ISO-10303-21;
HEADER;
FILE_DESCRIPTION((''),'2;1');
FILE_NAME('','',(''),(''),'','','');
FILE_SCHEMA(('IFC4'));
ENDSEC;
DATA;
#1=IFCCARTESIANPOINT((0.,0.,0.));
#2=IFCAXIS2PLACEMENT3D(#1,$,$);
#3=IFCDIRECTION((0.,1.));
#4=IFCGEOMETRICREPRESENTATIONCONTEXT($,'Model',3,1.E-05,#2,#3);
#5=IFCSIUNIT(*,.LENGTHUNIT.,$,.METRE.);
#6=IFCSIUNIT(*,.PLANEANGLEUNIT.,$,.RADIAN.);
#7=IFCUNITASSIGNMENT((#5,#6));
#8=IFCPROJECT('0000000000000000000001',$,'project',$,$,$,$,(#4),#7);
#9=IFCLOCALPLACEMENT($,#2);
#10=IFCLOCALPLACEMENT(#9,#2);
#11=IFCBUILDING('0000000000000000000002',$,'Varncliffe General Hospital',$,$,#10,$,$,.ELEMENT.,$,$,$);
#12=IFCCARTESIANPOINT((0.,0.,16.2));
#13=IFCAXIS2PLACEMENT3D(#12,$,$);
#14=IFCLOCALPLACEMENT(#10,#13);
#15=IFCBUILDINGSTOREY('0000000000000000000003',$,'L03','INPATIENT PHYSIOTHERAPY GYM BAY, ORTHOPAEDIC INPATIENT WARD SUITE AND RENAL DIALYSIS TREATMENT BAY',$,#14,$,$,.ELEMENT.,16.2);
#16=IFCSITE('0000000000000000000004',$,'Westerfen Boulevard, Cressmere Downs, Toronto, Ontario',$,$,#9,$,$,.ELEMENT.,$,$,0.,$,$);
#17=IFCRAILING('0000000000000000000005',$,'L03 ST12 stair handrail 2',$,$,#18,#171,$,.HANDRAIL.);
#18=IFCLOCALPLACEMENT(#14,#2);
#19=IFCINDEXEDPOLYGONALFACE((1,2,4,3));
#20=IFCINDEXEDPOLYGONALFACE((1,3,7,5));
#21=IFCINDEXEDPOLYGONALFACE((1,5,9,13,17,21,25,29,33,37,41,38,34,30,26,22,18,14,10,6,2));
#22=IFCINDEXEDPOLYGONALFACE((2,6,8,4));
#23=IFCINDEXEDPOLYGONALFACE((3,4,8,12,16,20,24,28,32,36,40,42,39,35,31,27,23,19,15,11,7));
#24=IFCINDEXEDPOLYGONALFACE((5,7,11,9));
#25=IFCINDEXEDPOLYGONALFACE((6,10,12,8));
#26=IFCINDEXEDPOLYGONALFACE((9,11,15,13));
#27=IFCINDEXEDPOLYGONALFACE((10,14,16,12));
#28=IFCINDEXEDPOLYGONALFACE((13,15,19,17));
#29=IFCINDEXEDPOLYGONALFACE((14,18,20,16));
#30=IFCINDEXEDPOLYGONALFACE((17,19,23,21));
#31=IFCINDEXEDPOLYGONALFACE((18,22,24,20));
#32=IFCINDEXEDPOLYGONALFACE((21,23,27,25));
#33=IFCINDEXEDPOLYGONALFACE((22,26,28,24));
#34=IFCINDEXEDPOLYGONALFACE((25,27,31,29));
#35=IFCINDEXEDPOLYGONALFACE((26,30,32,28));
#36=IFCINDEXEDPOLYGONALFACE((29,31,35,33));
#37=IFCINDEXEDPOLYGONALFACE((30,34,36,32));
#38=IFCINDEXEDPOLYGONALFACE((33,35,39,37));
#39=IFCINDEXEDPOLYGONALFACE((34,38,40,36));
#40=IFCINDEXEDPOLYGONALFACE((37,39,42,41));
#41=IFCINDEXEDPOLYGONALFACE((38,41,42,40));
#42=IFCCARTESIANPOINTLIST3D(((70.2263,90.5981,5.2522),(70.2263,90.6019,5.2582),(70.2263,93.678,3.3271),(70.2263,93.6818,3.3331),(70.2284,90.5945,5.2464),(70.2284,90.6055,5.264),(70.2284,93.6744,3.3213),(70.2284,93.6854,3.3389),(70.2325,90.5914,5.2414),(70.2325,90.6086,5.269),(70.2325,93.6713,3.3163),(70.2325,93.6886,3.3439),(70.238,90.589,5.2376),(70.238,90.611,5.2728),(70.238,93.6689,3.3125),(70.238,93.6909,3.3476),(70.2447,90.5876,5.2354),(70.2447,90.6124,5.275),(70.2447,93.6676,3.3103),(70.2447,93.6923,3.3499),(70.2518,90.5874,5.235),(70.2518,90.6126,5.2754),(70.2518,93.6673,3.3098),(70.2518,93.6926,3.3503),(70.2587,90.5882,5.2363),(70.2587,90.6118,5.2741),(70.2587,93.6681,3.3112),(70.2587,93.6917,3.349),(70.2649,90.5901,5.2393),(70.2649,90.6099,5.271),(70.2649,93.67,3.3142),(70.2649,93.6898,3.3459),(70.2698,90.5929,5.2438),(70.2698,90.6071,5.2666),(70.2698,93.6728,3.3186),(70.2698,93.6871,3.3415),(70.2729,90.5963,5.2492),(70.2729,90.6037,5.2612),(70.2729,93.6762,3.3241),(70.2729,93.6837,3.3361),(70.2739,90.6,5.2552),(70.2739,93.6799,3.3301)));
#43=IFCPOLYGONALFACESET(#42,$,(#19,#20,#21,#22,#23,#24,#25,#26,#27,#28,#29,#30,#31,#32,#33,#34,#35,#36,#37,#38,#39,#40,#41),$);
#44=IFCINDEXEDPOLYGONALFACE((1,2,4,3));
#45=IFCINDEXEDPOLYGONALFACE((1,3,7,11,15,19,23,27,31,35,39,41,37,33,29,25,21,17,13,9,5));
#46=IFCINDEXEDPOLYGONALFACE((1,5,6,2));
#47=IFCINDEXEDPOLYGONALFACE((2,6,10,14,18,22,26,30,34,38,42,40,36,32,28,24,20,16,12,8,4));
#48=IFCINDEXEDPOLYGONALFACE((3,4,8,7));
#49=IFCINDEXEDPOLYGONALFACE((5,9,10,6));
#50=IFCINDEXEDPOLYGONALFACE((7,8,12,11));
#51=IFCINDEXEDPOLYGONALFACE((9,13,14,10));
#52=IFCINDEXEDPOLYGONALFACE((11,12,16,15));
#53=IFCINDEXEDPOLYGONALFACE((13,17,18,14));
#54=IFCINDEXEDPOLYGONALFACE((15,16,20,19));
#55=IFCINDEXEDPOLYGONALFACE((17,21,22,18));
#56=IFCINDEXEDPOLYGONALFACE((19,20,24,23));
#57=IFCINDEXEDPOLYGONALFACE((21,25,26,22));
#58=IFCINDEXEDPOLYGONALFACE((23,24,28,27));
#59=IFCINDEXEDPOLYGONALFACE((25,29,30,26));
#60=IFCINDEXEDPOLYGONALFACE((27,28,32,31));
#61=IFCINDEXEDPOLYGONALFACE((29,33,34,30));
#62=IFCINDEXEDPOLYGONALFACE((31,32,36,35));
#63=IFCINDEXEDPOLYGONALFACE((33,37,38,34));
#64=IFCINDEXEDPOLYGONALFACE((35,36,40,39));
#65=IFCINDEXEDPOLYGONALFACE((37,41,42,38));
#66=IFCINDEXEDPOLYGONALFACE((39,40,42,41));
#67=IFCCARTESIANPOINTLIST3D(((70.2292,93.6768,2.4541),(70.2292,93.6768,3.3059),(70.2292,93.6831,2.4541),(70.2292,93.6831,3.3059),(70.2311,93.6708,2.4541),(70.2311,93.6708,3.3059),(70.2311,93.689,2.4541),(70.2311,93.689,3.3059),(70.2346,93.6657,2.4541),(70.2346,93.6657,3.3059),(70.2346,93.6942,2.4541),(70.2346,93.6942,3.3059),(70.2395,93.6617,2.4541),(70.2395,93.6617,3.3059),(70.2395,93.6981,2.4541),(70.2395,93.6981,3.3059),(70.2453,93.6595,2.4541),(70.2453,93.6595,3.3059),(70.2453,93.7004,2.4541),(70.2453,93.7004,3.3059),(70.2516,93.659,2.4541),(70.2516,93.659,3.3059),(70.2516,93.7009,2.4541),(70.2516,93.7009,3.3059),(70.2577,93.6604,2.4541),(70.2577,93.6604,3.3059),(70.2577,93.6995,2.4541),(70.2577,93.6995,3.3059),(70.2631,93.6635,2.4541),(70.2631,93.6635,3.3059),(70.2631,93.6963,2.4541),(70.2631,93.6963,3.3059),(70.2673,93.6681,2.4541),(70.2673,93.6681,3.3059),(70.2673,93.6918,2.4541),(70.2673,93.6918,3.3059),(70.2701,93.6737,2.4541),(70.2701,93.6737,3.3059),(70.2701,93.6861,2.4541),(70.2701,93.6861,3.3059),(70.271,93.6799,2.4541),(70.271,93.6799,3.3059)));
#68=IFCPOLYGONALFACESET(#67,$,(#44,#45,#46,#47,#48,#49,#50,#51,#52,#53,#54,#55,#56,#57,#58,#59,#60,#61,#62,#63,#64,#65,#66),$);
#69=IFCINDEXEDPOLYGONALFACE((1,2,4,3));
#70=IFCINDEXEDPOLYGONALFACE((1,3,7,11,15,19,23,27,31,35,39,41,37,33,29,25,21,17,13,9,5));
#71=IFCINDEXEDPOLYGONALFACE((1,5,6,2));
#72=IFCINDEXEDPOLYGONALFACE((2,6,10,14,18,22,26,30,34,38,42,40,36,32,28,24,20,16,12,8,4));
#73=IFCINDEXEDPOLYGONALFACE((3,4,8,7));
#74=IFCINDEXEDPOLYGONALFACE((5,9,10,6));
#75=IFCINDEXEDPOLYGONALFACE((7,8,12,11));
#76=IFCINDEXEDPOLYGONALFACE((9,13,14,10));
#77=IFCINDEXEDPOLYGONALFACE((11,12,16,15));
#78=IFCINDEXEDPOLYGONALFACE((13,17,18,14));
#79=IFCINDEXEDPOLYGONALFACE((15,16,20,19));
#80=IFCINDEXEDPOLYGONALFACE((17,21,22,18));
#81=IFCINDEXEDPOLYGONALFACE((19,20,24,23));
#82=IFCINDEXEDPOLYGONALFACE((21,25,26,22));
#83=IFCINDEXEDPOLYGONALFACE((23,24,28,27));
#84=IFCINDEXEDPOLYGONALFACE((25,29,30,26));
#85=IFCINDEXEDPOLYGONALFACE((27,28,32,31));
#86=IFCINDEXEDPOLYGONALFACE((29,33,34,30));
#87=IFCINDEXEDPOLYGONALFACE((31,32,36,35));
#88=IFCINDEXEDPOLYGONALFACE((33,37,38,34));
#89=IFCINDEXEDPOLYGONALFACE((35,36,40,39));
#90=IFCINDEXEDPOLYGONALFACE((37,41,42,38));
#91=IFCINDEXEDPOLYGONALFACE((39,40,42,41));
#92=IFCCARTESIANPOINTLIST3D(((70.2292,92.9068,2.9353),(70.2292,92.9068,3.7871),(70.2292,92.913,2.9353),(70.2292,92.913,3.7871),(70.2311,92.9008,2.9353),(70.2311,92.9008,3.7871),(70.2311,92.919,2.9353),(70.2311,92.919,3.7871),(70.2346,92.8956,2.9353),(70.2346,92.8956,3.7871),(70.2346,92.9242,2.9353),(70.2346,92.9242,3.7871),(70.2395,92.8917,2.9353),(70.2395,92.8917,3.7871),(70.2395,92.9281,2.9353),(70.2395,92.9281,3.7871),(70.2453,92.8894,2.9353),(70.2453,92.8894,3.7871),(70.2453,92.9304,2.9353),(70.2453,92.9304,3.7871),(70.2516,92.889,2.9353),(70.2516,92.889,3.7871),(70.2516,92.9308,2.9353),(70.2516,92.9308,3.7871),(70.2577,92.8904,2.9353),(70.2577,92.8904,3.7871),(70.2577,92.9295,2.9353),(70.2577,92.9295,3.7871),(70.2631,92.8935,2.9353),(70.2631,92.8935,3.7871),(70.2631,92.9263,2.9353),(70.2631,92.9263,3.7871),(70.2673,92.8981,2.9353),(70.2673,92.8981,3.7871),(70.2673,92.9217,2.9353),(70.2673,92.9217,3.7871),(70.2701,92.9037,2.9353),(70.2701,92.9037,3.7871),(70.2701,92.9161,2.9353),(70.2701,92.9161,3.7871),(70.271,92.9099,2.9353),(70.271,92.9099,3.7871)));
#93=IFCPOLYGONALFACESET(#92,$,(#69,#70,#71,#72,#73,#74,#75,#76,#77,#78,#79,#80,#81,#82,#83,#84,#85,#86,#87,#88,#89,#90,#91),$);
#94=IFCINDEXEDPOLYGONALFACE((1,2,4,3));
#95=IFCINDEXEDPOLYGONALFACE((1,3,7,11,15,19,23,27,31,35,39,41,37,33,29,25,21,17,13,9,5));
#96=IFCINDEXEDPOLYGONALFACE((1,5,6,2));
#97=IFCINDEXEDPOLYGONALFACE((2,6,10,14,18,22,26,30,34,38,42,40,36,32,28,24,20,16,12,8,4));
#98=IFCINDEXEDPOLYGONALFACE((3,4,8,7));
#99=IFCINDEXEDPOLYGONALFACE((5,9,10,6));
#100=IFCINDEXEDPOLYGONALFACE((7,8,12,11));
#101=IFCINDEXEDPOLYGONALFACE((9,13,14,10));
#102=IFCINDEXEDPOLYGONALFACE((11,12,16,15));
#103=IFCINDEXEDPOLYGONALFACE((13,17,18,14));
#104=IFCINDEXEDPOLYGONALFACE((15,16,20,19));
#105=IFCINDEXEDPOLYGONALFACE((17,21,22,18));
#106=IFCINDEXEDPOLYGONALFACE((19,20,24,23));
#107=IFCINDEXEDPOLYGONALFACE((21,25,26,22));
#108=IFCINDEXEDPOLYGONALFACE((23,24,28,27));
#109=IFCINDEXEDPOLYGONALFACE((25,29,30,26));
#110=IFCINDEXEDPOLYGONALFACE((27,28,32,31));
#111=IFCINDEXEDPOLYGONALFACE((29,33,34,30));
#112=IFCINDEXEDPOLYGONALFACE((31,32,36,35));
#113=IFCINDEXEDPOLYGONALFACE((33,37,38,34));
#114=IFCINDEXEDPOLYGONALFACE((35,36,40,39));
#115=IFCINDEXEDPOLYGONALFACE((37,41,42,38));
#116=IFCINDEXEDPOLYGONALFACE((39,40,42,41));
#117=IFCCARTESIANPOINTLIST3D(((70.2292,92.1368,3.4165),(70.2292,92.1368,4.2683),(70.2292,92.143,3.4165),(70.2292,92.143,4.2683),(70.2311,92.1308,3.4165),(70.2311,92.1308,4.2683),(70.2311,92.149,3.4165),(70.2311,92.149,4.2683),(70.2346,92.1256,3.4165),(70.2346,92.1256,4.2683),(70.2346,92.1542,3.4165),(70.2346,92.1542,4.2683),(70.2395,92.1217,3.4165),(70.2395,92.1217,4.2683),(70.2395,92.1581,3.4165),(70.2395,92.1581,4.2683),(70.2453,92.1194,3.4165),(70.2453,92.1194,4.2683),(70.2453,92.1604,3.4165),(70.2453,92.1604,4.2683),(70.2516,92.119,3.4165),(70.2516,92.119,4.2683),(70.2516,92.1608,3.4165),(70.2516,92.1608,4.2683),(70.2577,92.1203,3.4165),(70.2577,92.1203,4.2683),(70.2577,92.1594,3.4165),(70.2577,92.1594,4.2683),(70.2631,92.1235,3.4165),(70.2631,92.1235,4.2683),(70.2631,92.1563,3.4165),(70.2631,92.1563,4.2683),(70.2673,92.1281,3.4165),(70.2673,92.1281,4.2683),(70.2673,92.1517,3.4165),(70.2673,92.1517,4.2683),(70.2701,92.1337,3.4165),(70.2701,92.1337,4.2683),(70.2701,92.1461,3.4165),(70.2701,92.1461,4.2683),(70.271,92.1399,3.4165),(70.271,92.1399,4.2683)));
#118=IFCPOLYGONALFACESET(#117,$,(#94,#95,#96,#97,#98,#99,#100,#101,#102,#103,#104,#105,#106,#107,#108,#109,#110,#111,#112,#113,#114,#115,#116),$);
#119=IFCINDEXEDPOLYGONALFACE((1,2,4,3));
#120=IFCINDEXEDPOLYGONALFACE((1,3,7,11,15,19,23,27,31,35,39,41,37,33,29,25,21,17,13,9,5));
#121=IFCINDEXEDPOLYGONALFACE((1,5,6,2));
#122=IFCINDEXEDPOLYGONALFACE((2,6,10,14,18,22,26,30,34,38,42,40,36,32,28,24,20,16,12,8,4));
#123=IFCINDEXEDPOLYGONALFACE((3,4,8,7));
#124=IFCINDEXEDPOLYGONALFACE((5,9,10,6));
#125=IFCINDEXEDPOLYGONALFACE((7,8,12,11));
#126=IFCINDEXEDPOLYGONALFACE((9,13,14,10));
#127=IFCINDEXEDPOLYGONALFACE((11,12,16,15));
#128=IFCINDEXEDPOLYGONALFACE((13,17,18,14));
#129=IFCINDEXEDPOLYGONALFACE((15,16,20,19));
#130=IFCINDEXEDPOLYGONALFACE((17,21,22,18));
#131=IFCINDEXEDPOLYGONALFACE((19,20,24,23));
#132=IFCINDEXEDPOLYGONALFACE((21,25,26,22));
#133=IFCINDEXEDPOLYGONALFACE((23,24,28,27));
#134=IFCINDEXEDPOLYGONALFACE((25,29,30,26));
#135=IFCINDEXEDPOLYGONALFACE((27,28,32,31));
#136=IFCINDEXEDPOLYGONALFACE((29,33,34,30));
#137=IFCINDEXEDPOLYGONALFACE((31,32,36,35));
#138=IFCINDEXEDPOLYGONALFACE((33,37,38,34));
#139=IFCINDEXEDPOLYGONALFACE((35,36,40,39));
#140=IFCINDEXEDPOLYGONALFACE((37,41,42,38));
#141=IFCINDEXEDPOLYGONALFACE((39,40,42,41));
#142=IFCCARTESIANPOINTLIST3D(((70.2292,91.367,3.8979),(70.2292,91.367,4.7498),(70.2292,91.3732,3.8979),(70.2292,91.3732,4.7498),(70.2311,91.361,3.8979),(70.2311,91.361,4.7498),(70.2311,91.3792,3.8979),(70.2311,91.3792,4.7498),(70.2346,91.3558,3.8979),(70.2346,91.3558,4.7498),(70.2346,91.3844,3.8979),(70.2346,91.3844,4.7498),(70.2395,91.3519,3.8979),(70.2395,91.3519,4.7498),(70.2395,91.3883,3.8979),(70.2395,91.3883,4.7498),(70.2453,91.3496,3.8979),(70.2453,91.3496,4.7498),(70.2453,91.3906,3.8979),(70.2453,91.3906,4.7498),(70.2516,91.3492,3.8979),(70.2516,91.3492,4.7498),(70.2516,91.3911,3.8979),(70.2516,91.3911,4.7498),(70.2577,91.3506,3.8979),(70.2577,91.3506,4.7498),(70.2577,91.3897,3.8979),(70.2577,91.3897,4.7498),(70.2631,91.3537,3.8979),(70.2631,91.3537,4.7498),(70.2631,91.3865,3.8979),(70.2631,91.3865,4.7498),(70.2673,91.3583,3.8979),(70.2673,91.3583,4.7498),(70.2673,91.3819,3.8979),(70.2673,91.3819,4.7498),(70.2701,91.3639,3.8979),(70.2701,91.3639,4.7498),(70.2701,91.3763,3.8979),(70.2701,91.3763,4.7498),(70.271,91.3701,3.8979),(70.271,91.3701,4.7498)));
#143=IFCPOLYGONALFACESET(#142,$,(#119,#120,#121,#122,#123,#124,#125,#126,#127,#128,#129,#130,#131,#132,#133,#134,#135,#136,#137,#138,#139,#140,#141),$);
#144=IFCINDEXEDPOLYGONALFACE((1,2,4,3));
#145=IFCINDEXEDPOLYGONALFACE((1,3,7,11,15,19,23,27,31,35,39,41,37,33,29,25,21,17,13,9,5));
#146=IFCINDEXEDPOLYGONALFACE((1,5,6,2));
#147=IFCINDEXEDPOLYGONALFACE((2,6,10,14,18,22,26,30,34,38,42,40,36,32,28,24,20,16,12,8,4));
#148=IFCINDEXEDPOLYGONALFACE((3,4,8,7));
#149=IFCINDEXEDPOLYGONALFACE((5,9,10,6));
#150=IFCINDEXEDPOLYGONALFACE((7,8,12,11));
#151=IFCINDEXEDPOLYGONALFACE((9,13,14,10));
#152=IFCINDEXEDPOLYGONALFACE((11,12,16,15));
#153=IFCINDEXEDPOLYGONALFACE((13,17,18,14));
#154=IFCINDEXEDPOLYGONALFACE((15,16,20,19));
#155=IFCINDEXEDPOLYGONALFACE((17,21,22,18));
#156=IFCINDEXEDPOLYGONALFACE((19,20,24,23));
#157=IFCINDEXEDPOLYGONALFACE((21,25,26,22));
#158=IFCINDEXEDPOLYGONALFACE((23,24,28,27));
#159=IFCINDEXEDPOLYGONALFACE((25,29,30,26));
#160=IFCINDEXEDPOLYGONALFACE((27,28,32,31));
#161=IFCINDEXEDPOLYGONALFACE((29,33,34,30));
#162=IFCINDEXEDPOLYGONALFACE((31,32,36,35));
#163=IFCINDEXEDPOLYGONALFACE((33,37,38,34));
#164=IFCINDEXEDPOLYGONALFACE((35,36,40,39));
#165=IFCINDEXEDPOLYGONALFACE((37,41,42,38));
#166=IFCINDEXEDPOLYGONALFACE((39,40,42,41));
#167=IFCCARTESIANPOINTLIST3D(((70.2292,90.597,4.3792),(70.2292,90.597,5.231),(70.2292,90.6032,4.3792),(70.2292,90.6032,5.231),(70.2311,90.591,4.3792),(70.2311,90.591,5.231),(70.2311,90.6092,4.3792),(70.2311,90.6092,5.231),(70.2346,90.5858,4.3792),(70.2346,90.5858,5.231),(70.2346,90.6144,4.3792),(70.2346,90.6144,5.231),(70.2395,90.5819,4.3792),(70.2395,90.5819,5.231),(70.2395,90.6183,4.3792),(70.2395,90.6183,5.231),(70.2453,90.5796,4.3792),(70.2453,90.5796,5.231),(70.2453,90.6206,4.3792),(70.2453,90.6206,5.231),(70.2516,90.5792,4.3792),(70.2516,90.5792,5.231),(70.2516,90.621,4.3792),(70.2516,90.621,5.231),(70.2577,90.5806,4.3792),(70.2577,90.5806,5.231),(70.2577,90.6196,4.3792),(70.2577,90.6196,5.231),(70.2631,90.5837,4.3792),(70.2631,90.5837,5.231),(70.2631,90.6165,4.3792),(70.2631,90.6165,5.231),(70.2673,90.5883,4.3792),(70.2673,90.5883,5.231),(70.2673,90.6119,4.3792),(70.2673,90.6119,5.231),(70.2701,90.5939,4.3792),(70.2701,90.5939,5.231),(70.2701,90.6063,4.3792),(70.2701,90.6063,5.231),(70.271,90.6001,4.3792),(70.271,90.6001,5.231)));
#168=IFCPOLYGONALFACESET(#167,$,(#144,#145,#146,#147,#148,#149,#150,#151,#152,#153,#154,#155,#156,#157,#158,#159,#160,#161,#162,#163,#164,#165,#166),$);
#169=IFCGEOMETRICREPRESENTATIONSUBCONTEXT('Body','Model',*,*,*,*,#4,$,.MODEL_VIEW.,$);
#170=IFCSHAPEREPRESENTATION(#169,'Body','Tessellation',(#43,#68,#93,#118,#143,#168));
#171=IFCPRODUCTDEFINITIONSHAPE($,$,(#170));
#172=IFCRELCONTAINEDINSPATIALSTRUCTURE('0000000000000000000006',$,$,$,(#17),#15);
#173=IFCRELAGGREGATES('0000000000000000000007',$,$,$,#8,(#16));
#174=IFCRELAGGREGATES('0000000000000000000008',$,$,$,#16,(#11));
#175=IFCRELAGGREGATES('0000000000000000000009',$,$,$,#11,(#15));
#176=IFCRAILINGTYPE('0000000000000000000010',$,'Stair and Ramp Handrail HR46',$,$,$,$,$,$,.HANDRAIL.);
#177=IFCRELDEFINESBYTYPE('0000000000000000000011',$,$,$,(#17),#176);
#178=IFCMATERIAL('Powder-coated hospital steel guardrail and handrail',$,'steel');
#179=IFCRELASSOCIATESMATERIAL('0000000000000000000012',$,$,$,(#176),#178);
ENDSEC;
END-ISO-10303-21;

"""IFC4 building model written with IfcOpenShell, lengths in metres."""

from ifc_helpers import new_model, si_unit, direction, frame, origin, origin_2d, place, context, subcontext, project, spatial, circle, extrude, material, type_object, element, save


model = new_model("IFC4")

# Units and contexts
model_context = context("Model", 3, precision=1e-05, world=origin(), true_north=direction((0.0, 1.0)))
body_context = subcontext(model_context, "Body", "Model", "MODEL_VIEW")
ifc_project = project(units=[si_unit("LENGTHUNIT", "METRE"), si_unit("PLANEANGLEUNIT", "RADIAN")], contexts=[model_context])

# Site, building, storey
site_placement = place(None, origin())
site = spatial("IfcSite", under=ifc_project, at=site_placement, Name="Westerfen Boulevard, Cressmere Downs, Toronto, Ontario", CompositionType="ELEMENT", RefElevation=0.0)
building_placement = place(site_placement, origin())
building = spatial("IfcBuilding", under=site, at=building_placement, Name="Varncliffe General Hospital", CompositionType="ELEMENT")
storey_placement = place(building_placement, frame((0.0, 0.0, 16.2)))
storey = spatial("IfcBuildingStorey", under=building, at=storey_placement, Name="L03", Description="INPATIENT PHYSIOTHERAPY GYM BAY, ORTHOPAEDIC INPATIENT WARD SUITE AND RENAL DIALYSIS TREATMENT BAY", CompositionType="ELEMENT", Elevation=16.2)

# Railing
ifc_material_1 = material(Name="Powder-coated hospital steel guardrail and handrail", Category="steel")
railing_type_1 = type_object("IfcRailingType", Name="Stair and Ramp Handrail HR46", PredefinedType="HANDRAIL", material=ifc_material_1)
railing_1_placement = place(storey_placement, frame((70.25, 93.6799, 2.4541)))
element("IfcRailing", 1, at=railing_1_placement, inside=storey, type_object=railing_type_1, Name="L03 ST12 stair handrail 2", PredefinedType="HANDRAIL", context=body_context, shape_type="SweptSolid", body=[
    extrude(circle(Radius=0.0239, at=origin_2d()), frame((0.0, 0.0, 0.876), z_axis=(0.0, -0.847979, 0.530029), x_axis=(1.0, 0.0, 0.0)), (0.0, 0.0, 1.0), 3.6321),
    extrude(circle(Radius=0.021, at=origin_2d()), origin(), (0.0, 0.0, 1.0), 0.8518),
    extrude(circle(Radius=0.021, at=origin_2d()), frame((0.0, -0.77, 0.4812)), (0.0, 0.0, 1.0), 0.8518),
    extrude(circle(Radius=0.021, at=origin_2d()), frame((0.0, -1.54, 0.9624)), (0.0, 0.0, 1.0), 0.8518),
    extrude(circle(Radius=0.021, at=origin_2d()), frame((0.0, -2.3098, 1.4438)), (0.0, 0.0, 1.0), 0.8518),
    extrude(circle(Radius=0.021, at=origin_2d()), frame((0.0, -3.0798, 1.925)), (0.0, 0.0, 1.0), 0.8518),
])

save(model, "model.ifc")
